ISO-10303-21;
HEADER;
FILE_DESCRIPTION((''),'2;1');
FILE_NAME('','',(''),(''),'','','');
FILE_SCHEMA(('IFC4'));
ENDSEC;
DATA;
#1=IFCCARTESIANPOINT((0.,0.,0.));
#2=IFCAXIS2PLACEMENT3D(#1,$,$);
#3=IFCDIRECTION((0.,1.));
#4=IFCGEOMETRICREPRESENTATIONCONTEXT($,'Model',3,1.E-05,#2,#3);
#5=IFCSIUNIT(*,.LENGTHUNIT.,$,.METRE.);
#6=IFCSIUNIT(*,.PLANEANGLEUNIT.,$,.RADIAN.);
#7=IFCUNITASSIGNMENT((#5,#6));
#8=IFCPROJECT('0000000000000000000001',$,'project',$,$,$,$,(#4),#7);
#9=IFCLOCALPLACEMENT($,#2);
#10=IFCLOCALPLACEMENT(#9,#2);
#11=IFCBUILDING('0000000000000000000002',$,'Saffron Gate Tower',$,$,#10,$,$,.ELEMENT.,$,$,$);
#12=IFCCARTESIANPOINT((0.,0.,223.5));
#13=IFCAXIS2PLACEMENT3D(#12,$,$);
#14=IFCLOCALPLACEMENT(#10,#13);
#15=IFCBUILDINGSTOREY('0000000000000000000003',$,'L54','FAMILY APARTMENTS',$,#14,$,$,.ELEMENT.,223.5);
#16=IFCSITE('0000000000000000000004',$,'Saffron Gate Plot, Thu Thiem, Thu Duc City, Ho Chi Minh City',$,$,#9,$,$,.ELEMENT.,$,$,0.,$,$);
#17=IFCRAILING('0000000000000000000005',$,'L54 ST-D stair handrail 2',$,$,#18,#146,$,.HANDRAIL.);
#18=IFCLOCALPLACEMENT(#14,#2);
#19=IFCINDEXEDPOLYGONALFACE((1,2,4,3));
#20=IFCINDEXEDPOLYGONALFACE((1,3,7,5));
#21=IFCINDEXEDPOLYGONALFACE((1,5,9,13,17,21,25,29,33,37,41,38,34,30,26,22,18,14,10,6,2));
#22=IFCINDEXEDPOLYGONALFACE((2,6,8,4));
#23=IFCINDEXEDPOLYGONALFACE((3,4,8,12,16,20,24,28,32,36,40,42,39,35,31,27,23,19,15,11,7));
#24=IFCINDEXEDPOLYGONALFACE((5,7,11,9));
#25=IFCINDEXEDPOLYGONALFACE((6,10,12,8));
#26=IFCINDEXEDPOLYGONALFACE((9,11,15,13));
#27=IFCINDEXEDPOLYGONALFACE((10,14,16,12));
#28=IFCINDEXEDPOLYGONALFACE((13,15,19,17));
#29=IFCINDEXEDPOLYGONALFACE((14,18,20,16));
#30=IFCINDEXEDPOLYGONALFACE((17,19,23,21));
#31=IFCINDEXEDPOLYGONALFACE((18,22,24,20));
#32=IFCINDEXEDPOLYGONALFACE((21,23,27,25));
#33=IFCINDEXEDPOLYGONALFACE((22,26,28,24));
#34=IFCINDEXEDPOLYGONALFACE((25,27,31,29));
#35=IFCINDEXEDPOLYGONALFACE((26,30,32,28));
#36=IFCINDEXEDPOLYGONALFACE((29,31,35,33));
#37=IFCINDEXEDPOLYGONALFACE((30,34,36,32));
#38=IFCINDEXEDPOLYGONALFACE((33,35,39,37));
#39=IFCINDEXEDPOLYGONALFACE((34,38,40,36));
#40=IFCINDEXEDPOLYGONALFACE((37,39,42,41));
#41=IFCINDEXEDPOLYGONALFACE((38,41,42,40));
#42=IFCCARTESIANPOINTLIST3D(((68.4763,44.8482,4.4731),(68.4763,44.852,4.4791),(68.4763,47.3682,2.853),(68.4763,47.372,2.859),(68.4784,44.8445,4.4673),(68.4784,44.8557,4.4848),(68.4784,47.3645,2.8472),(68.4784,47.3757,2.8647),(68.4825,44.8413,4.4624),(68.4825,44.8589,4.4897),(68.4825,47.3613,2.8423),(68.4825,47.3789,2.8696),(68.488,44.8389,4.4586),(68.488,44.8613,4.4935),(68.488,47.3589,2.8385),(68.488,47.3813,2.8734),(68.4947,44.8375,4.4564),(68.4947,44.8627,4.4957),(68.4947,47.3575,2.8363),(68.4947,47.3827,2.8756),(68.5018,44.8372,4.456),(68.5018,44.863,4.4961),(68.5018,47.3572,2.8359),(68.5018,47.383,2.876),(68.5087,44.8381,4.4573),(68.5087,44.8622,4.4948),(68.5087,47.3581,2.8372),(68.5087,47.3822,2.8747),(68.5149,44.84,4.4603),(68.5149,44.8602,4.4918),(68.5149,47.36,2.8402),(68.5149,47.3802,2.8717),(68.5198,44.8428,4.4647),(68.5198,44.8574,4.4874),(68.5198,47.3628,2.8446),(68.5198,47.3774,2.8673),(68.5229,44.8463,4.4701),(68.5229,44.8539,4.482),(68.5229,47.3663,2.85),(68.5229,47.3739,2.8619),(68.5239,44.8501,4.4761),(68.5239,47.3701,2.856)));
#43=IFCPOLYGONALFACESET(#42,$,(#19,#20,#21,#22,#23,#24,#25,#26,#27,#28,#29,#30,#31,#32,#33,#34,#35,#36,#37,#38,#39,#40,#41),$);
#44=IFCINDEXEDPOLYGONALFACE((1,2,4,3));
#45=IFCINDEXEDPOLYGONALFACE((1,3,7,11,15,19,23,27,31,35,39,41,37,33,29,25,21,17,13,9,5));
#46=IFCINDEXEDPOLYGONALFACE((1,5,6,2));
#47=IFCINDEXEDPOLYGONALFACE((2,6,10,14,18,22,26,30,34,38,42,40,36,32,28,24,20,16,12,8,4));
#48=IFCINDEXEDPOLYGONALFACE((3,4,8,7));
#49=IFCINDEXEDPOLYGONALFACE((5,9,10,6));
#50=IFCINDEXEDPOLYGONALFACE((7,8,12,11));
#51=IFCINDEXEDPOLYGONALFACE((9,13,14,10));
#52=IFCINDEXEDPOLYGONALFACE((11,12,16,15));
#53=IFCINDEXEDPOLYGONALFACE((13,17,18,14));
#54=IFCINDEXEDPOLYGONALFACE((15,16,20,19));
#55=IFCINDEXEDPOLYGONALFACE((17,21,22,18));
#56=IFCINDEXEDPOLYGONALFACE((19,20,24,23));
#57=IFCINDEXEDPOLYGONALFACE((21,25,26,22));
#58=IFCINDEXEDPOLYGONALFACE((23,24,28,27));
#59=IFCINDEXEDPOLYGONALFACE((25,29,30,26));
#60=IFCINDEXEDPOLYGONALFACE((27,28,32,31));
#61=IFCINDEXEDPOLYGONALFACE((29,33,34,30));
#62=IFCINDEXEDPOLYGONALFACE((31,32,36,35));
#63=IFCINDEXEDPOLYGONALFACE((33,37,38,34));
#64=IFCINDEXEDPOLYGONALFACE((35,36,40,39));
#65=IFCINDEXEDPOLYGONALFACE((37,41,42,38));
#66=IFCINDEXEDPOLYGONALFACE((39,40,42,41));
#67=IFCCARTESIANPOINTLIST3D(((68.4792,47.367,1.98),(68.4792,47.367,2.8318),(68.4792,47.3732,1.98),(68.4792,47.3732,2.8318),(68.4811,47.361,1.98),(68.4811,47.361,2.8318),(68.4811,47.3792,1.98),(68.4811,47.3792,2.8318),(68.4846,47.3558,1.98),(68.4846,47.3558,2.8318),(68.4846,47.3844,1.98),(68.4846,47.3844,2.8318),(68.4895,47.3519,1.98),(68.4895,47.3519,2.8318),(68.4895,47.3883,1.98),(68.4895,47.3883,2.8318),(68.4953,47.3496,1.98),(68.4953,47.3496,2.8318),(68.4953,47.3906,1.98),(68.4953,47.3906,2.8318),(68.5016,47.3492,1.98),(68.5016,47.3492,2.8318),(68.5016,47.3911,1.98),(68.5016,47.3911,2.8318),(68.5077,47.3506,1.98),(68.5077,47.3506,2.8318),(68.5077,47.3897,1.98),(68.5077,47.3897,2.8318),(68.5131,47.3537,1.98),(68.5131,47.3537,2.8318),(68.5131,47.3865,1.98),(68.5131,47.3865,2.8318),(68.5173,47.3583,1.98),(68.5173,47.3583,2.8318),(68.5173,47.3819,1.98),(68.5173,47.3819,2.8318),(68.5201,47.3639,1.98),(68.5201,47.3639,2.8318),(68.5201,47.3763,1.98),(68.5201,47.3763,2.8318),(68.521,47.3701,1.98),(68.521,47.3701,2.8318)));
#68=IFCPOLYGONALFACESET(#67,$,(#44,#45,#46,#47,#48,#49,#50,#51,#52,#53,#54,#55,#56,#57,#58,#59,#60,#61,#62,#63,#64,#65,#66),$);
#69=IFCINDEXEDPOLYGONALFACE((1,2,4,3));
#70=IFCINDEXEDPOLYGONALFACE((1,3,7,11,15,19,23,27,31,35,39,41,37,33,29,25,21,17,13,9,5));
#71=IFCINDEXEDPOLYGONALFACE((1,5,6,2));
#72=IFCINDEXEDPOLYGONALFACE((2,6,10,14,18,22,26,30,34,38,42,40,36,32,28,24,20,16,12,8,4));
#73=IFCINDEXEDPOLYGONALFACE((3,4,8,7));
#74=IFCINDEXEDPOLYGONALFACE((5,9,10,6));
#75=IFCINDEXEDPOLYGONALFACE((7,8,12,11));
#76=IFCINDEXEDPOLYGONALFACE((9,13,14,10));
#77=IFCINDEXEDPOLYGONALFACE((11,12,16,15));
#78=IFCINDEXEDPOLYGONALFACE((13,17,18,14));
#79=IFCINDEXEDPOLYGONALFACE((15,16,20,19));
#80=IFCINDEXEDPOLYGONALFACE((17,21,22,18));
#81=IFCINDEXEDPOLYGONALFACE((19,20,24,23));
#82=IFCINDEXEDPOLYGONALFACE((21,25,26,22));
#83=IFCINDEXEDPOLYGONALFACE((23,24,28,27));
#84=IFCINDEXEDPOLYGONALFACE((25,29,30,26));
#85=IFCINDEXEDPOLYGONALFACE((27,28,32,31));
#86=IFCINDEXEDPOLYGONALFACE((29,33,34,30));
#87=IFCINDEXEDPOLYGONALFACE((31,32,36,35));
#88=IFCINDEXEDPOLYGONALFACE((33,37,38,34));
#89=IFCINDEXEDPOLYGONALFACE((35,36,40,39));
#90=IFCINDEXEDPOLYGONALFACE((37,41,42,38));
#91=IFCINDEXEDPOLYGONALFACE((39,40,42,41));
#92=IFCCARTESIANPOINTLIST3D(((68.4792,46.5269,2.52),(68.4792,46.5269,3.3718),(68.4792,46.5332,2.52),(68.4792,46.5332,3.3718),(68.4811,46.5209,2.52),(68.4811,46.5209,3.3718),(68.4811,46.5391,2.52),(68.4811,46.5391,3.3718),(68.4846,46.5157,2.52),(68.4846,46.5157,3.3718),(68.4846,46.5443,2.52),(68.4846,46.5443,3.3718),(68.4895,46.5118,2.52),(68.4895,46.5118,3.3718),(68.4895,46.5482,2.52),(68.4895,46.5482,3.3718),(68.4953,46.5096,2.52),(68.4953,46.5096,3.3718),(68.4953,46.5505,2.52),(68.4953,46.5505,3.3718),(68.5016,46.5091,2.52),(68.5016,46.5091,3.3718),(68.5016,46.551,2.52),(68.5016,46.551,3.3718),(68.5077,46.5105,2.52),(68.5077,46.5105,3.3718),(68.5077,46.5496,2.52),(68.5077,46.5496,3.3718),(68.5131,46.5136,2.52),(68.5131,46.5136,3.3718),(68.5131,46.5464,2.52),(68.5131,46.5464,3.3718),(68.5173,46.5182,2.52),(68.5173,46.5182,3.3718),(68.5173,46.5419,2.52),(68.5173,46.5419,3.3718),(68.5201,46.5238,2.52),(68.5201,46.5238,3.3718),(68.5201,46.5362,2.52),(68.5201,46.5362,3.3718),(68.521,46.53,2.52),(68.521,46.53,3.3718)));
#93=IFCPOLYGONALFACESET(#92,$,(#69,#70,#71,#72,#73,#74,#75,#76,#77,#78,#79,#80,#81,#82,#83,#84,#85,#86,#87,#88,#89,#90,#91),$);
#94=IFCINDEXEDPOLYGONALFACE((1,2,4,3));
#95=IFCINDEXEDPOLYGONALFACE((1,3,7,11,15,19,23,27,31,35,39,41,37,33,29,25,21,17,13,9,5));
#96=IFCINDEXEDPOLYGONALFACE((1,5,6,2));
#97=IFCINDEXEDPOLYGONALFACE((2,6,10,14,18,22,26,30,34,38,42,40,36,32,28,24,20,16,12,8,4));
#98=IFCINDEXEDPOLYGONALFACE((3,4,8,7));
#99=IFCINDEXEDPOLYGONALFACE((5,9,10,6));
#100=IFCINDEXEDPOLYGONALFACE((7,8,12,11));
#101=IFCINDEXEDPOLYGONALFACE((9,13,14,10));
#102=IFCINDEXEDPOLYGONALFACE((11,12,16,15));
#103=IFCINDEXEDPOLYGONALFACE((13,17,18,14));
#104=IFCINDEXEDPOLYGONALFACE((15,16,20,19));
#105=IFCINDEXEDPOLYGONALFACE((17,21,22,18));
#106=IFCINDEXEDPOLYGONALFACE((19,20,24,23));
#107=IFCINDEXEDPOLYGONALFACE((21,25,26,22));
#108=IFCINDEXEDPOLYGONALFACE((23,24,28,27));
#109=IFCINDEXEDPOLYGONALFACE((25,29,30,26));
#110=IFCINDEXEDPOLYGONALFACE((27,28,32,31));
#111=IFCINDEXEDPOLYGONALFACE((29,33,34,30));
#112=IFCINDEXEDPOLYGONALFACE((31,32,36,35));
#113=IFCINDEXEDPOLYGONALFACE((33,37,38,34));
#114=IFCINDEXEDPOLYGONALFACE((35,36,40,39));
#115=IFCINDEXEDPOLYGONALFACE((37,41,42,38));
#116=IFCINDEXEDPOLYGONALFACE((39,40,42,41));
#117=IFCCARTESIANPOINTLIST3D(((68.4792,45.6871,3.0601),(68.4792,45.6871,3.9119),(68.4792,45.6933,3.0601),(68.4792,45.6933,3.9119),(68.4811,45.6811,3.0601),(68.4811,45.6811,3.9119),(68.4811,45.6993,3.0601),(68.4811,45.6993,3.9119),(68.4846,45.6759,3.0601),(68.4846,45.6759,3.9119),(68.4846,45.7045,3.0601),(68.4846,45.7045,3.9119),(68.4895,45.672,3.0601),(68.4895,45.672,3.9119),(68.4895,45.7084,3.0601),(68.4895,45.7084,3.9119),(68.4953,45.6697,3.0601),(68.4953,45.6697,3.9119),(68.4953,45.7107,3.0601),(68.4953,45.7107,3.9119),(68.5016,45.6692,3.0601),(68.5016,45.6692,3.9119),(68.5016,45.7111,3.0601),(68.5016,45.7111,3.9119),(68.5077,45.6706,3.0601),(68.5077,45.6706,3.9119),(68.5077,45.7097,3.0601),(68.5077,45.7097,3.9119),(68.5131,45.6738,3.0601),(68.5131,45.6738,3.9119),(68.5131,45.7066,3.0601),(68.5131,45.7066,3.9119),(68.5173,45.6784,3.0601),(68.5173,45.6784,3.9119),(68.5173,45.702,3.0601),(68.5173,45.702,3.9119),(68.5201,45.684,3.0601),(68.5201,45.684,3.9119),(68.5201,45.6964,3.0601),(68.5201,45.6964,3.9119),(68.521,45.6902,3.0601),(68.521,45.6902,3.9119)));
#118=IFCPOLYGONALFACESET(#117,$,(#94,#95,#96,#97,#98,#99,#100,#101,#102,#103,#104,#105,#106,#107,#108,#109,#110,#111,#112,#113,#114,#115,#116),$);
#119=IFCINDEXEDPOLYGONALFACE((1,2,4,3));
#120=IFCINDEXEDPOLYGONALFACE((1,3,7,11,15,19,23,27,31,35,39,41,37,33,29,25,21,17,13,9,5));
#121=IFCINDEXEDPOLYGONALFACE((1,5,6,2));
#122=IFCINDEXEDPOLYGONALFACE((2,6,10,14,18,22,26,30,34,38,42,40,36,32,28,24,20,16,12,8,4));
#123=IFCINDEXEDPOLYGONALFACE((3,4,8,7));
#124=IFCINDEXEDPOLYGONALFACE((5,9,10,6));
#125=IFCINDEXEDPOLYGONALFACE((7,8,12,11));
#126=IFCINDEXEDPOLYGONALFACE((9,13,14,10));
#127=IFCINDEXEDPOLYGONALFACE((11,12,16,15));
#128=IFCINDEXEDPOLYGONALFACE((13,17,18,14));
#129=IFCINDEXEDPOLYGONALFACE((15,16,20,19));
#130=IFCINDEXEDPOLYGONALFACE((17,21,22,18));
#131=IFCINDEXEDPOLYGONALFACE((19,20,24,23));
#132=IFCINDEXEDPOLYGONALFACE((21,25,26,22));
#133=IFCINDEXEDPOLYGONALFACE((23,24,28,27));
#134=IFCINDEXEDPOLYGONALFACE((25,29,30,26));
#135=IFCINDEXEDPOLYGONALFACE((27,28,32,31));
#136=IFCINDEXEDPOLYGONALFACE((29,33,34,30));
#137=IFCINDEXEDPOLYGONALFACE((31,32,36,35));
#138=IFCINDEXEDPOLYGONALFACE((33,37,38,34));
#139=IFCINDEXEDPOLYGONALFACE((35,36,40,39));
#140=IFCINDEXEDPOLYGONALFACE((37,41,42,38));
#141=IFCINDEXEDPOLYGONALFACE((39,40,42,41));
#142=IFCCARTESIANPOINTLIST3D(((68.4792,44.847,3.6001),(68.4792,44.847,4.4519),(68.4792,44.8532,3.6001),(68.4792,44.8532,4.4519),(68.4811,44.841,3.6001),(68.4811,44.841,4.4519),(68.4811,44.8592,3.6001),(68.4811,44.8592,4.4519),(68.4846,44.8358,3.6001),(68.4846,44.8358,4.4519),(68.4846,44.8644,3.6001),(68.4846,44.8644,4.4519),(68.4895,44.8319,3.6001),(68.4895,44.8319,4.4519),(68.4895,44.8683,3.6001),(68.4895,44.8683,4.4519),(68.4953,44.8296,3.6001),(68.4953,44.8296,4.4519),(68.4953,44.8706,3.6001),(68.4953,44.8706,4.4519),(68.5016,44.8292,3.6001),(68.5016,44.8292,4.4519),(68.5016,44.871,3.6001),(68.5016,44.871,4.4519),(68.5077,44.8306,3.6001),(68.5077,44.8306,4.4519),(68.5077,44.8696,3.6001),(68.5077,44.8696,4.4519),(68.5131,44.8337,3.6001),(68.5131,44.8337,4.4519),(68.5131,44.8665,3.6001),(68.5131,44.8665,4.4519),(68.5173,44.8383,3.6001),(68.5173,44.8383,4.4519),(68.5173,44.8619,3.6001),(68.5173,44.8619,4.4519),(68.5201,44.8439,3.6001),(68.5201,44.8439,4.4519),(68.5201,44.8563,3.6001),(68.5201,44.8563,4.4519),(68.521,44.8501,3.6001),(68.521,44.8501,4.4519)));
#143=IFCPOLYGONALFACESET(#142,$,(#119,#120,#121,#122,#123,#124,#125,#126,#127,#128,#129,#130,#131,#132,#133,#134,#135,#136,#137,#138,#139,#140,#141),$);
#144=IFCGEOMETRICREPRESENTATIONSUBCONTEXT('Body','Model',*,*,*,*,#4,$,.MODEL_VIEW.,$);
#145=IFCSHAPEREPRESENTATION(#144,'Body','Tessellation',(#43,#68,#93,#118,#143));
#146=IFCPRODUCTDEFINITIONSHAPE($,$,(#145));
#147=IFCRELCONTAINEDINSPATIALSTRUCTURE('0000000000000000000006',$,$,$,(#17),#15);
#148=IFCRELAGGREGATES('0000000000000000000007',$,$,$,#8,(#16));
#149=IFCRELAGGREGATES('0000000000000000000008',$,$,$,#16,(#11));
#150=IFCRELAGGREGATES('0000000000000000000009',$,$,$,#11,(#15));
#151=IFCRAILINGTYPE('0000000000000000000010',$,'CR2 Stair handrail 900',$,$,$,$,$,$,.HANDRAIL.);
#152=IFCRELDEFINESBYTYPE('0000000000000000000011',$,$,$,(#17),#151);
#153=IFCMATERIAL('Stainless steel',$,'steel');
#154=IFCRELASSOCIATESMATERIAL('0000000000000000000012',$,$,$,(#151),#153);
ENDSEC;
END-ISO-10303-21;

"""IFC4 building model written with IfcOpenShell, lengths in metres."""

from ifc_helpers import new_model, si_unit, direction, frame, origin, origin_2d, place, context, subcontext, project, spatial, circle, extrude, material, type_object, element, save


model = new_model("IFC4")

# Units and contexts
model_context = context("Model", 3, precision=1e-05, world=origin(), true_north=direction((0.0, 1.0)))
body_context = subcontext(model_context, "Body", "Model", "MODEL_VIEW")
ifc_project = project(units=[si_unit("LENGTHUNIT", "METRE"), si_unit("PLANEANGLEUNIT", "RADIAN")], contexts=[model_context])

# Site, building, storey
site_placement = place(None, origin())
site = spatial("IfcSite", under=ifc_project, at=site_placement, Name="Saffron Gate Plot, Thu Thiem, Thu Duc City, Ho Chi Minh City", CompositionType="ELEMENT", RefElevation=0.0)
building_placement = place(site_placement, origin())
building = spatial("IfcBuilding", under=site, at=building_placement, Name="Saffron Gate Tower", CompositionType="ELEMENT")
storey_placement = place(building_placement, frame((0.0, 0.0, 223.5)))
storey = spatial("IfcBuildingStorey", under=building, at=storey_placement, Name="L54", Description="FAMILY APARTMENTS", CompositionType="ELEMENT", Elevation=223.5)

# Railing
ifc_material_1 = material(Name="Stainless steel", Category="steel")
railing_type = type_object("IfcRailingType", Name="CR2 Stair handrail 900", PredefinedType="HANDRAIL", material=ifc_material_1)
railing_placement = place(storey_placement, frame((68.5, 47.3701, 1.98)))
element("IfcRailing", 1, at=railing_placement, inside=storey, type_object=railing_type, Name="L54 ST-D stair handrail 2", PredefinedType="HANDRAIL", context=body_context, shape_type="SweptSolid", body=[
    extrude(circle(Radius=0.0239, at=origin_2d()), frame((0.0, 0.0, 0.876), z_axis=(0.0, -0.841163, 0.540782), x_axis=(1.0, 0.0, 0.0)), (0.0, 0.0, 1.0), 2.9958),
    extrude(circle(Radius=0.021, at=origin_2d()), origin(), (0.0, 0.0, 1.0), 0.8518),
    extrude(circle(Radius=0.021, at=origin_2d()), frame((0.0, -0.8401, 0.54)), (0.0, 0.0, 1.0), 0.8518),
    extrude(circle(Radius=0.021, at=origin_2d()), frame((0.0, -1.6799, 1.0801)), (0.0, 0.0, 1.0), 0.8518),
    extrude(circle(Radius=0.021, at=origin_2d()), frame((0.0, -2.52, 1.6201)), (0.0, 0.0, 1.0), 0.8518),
])

save(model, "model.ifc")
